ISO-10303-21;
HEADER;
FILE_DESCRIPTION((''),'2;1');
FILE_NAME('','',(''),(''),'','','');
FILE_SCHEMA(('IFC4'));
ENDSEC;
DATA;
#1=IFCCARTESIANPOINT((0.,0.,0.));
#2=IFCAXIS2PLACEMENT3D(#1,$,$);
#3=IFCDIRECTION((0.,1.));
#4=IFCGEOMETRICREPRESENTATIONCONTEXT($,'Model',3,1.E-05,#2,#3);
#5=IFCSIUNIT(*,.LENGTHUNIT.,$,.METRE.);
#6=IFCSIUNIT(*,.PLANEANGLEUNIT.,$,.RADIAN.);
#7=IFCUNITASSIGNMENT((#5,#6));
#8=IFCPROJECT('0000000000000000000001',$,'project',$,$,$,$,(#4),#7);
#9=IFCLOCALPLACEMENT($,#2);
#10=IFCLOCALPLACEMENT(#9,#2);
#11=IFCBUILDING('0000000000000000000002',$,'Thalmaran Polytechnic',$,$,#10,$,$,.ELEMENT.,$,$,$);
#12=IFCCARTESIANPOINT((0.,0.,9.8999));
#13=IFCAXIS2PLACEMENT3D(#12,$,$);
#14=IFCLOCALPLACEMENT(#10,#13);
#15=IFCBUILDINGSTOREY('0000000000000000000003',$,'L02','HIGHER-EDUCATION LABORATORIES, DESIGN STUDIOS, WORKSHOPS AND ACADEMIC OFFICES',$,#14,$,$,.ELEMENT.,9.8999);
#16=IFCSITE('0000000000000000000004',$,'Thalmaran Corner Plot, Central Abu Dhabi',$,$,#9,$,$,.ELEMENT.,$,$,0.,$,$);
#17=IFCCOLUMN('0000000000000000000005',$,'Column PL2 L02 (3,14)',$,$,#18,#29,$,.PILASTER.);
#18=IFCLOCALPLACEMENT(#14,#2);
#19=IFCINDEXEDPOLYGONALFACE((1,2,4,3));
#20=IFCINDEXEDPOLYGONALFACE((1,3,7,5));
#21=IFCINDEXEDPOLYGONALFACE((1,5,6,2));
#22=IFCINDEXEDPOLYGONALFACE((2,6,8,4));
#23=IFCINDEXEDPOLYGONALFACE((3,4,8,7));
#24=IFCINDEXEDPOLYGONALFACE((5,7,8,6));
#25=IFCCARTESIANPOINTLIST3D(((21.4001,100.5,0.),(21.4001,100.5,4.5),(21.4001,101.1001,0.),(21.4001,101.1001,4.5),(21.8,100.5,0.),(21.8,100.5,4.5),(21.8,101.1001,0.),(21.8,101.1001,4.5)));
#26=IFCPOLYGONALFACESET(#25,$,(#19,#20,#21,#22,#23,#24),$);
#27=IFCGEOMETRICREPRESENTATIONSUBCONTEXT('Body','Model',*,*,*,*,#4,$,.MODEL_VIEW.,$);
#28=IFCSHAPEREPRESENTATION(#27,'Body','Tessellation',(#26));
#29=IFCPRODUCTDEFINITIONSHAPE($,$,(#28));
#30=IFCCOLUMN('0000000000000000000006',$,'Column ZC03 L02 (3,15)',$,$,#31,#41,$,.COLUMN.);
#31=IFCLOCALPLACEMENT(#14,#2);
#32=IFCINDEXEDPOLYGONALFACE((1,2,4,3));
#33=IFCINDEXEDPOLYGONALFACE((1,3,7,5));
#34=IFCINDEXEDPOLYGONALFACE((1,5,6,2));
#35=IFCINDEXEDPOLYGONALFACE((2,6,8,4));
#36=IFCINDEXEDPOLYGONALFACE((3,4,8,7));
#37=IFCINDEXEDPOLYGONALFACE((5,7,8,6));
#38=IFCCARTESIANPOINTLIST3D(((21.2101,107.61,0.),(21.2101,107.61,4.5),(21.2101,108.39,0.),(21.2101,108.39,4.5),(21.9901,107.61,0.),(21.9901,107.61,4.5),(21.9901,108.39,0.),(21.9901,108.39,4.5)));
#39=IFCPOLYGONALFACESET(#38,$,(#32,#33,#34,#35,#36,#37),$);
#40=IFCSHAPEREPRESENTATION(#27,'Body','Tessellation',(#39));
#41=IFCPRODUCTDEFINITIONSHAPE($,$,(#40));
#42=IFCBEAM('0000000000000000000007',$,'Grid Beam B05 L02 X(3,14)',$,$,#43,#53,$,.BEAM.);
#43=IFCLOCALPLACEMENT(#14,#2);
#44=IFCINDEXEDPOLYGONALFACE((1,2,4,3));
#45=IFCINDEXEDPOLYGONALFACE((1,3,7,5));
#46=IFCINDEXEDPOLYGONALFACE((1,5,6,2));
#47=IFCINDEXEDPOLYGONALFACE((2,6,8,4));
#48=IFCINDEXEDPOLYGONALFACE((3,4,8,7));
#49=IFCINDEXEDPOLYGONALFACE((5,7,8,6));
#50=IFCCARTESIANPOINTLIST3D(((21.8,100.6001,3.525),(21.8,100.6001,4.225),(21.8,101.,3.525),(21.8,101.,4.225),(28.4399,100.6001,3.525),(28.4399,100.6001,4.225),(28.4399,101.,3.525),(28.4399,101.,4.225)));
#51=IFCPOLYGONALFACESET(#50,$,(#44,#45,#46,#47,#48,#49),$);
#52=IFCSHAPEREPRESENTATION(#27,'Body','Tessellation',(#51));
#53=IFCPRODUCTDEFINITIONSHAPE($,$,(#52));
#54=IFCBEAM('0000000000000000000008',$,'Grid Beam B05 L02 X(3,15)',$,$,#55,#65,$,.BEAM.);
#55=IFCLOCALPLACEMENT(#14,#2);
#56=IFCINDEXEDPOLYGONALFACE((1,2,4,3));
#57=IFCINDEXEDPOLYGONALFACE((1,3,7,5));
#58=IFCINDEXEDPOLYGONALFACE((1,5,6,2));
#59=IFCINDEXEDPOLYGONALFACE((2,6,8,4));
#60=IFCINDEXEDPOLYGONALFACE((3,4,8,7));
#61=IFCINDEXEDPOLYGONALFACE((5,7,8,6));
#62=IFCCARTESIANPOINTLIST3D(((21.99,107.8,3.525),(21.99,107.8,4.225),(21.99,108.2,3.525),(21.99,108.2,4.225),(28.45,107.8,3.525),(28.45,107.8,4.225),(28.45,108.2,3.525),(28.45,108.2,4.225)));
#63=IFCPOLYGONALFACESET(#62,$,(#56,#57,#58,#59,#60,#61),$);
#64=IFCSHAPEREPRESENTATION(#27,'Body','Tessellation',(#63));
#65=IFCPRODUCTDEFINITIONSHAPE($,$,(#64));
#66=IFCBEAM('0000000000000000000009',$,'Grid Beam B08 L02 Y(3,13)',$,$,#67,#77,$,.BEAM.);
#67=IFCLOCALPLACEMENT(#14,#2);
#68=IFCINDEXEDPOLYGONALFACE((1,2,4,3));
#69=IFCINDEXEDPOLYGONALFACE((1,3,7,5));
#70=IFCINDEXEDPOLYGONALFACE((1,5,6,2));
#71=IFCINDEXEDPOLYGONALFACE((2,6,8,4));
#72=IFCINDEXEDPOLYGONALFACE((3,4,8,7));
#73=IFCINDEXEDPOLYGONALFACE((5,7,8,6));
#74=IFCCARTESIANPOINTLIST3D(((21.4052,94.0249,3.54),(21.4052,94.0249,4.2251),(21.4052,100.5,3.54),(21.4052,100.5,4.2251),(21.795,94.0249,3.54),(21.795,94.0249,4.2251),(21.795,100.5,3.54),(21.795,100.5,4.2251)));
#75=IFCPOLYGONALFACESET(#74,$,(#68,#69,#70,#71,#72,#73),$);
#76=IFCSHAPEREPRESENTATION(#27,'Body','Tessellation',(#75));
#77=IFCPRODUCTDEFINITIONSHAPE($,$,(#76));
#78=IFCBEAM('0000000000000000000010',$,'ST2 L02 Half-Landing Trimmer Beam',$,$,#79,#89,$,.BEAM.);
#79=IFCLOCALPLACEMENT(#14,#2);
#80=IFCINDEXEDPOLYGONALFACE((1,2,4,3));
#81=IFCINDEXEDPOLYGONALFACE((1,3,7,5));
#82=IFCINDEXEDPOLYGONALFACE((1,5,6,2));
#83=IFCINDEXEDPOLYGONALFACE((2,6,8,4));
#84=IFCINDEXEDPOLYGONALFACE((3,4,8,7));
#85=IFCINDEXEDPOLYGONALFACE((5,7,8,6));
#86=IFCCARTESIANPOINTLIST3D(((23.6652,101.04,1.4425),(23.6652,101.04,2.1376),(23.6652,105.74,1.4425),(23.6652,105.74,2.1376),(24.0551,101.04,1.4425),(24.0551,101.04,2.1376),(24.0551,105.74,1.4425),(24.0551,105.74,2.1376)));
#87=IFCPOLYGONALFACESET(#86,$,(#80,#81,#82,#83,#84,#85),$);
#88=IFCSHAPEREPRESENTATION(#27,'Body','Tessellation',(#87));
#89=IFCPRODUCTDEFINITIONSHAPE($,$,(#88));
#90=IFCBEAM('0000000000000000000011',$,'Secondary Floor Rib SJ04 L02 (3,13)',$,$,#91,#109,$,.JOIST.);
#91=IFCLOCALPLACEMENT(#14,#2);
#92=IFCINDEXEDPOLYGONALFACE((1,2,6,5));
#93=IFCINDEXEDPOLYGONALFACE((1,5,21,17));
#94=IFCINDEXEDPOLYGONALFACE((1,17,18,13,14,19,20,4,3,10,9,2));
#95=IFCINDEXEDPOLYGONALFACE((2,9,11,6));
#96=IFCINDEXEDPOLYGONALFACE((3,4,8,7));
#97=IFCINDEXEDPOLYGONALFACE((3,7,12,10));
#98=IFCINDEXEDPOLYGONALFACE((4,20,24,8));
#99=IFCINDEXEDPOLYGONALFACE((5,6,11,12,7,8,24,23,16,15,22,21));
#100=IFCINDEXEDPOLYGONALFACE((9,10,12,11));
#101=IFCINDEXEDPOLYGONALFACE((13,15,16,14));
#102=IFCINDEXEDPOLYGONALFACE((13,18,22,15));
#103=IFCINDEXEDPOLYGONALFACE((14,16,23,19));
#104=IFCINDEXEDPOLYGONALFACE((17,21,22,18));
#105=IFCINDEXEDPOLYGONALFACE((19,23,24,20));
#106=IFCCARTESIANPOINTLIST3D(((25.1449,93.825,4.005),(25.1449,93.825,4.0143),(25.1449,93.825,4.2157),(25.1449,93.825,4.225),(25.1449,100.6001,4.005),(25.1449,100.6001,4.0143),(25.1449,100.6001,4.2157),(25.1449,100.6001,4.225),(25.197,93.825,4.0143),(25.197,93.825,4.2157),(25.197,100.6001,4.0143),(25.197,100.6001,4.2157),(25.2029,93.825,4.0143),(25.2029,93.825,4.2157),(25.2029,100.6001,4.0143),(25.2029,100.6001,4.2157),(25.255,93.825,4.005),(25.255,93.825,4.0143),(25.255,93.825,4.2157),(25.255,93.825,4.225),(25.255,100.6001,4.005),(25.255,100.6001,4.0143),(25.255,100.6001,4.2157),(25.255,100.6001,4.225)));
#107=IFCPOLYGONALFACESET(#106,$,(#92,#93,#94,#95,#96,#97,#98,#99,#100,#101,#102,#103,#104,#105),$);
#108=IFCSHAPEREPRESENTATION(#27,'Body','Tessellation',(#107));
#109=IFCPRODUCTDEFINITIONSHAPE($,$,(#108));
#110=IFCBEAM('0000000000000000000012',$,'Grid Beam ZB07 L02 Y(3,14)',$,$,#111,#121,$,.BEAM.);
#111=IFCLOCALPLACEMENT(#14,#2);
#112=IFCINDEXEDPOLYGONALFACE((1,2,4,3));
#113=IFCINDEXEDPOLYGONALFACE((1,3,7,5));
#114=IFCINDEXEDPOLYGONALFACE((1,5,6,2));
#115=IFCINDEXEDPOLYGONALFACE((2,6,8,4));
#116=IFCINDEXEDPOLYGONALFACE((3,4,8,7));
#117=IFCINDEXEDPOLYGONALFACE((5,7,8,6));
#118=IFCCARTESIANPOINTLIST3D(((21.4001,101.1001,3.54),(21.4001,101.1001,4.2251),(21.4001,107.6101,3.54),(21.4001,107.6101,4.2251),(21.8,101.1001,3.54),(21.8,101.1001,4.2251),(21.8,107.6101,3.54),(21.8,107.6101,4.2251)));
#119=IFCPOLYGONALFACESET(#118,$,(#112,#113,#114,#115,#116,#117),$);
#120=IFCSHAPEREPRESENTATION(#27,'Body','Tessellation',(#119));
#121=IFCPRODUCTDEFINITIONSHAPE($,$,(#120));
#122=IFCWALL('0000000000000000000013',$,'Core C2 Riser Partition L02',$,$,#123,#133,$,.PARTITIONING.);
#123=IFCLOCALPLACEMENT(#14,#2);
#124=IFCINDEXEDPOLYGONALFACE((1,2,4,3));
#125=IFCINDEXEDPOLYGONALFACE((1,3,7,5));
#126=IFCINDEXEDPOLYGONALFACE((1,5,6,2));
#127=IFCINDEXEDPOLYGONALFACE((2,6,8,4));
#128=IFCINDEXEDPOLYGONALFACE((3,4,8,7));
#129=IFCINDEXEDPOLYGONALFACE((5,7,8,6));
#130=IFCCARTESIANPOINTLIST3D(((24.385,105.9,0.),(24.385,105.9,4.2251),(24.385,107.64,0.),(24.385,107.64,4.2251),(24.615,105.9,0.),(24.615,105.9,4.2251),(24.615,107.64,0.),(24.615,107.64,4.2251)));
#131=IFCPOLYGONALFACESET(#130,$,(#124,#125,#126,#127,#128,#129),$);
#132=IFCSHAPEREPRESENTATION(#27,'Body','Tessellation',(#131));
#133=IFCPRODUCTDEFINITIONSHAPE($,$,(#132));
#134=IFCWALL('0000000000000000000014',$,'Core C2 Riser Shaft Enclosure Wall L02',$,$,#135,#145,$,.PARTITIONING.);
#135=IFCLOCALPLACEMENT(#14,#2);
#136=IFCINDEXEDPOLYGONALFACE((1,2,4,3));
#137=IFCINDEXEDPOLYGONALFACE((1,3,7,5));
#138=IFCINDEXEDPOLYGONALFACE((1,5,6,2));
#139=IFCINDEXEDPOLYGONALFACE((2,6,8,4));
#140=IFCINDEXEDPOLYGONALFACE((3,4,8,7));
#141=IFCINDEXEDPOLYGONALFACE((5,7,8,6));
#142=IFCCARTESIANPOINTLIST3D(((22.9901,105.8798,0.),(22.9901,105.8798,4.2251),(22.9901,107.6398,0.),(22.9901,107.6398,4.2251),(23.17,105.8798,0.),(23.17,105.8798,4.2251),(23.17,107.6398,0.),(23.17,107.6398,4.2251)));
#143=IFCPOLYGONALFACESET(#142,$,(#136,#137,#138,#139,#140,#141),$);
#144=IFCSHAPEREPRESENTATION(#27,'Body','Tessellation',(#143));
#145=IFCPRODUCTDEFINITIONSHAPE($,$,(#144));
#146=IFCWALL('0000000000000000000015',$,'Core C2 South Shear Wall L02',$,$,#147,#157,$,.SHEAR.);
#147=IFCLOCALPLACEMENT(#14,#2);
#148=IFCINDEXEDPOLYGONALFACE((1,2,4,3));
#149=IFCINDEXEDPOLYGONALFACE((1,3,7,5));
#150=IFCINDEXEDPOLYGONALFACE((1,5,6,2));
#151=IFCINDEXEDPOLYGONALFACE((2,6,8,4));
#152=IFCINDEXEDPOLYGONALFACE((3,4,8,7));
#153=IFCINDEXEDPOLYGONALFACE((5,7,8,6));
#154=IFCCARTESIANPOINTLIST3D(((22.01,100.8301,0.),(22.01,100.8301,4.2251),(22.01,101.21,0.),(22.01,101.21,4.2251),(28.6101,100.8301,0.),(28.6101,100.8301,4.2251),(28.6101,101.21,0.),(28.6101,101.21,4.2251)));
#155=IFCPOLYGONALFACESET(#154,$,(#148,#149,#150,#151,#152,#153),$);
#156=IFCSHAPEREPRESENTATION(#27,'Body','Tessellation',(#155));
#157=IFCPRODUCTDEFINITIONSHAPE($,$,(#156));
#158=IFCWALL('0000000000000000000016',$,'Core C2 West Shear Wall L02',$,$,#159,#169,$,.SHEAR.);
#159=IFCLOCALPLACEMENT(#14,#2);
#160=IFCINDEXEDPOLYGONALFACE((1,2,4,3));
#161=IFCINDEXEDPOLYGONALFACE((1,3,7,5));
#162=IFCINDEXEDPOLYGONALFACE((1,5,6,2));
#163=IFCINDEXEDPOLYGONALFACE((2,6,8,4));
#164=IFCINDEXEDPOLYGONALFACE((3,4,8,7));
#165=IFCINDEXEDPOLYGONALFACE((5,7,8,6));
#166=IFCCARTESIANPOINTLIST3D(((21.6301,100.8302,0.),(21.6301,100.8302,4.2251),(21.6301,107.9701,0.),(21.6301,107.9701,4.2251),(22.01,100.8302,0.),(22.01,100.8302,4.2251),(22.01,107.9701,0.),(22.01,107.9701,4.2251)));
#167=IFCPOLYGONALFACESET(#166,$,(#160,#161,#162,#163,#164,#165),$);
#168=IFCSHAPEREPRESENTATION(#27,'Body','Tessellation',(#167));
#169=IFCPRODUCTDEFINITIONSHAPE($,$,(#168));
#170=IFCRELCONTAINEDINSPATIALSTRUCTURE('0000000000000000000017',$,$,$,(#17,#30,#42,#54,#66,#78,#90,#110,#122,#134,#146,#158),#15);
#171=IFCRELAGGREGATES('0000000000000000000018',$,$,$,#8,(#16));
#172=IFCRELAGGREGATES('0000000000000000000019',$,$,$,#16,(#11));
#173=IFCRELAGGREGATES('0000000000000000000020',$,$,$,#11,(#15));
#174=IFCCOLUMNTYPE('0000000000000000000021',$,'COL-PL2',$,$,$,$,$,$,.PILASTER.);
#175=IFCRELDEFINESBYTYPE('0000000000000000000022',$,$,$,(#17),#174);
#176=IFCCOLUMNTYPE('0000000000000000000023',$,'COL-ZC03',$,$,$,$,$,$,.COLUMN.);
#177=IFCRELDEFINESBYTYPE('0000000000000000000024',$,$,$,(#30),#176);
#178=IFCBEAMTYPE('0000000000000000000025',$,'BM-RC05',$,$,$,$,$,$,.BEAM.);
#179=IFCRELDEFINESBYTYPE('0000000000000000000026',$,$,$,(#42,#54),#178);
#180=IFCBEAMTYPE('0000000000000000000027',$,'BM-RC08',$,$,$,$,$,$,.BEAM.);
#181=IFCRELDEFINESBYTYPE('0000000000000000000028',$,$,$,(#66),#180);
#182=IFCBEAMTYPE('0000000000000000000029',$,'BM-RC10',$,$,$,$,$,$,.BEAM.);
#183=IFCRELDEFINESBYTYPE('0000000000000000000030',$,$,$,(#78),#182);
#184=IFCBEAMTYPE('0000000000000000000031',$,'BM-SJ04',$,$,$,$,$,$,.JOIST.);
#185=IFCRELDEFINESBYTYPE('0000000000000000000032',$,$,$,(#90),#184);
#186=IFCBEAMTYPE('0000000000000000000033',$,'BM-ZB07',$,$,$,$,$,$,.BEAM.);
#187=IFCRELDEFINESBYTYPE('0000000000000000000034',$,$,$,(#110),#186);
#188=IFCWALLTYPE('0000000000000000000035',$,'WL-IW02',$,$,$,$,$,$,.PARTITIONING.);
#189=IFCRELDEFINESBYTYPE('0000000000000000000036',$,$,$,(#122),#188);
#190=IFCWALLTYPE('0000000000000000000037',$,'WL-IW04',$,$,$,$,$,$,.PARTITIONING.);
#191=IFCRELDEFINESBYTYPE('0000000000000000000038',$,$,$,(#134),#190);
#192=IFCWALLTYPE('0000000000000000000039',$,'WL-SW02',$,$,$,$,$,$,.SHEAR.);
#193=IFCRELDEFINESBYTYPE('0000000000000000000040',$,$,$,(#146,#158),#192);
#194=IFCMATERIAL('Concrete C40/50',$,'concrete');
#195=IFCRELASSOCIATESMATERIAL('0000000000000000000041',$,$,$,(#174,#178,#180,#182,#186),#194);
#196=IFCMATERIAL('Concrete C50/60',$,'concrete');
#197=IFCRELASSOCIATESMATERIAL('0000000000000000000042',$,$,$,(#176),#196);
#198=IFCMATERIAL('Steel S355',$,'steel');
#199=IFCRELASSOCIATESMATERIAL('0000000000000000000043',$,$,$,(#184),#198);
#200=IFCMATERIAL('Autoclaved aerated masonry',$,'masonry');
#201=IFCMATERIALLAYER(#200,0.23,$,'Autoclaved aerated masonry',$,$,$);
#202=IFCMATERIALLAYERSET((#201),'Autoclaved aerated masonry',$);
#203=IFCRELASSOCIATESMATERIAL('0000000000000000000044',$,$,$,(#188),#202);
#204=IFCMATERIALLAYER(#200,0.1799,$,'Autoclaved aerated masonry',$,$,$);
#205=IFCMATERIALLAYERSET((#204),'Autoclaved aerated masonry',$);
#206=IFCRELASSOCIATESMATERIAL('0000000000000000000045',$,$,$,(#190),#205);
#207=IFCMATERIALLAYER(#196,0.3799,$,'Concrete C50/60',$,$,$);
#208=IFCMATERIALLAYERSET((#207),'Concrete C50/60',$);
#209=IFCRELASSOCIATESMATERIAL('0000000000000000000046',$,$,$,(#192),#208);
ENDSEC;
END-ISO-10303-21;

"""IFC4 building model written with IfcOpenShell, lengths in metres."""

from ifc_helpers import new_model, si_unit, direction, frame, frame_2d, origin, origin_2d, place, context, subcontext, project, spatial, rectangle, i_section, extrude, material, layer, layer_set, material_profile, profile_set, type_object, element, save


model = new_model("IFC4")

# Units and contexts
model_context = context("Model", 3, precision=1e-05, world=origin(), true_north=direction((0.0, 1.0)))
body_context = subcontext(model_context, "Body", "Model", "MODEL_VIEW")
ifc_project = project(units=[si_unit("LENGTHUNIT", "METRE"), si_unit("PLANEANGLEUNIT", "RADIAN")], contexts=[model_context])

# Site, building, storey
site_placement = place(None, origin())
site = spatial("IfcSite", under=ifc_project, at=site_placement, Name="Thalmaran Corner Plot, Central Abu Dhabi", CompositionType="ELEMENT", RefElevation=0.0)
building_placement = place(site_placement, origin())
building = spatial("IfcBuilding", under=site, at=building_placement, Name="Thalmaran Polytechnic", CompositionType="ELEMENT")
storey_placement = place(building_placement, frame((0.0, 0.0, 9.8999)))
storey = spatial("IfcBuildingStorey", under=building, at=storey_placement, Name="L02", Description="HIGHER-EDUCATION LABORATORIES, DESIGN STUDIOS, WORKSHOPS AND ACADEMIC OFFICES", CompositionType="ELEMENT", Elevation=9.8999)

# Columns
ifc_material_1 = material(Name="Concrete C40/50", Category="concrete")
ifc_material_profile_1 = material_profile(ifc_material_1, rectangle(XDim=0.3999, YDim=0.6001, at=origin_2d()), Name="RC 400x600")
ifc_profile_set_1 = profile_set([ifc_material_profile_1], Name="Concrete C40/50")
column_type_1 = type_object("IfcColumnType", Name="COL-PL2", PredefinedType="PILASTER", material=ifc_profile_set_1)
column_1_placement = place(storey_placement, frame((21.6001, 100.8, 0.0), z_axis=(0.0, 0.0, 1.0), x_axis=(1.0, 0.0, 0.0)))
element("IfcColumn", 1, at=column_1_placement, inside=storey, type_object=column_type_1, Name="Column PL2 L02 (3,14)", PredefinedType="PILASTER", context=body_context, shape_type="SweptSolid", body=[
    extrude(rectangle(XDim=0.3999, YDim=0.6001, at=origin_2d()), origin(), (0.0, 0.0, 1.0), 4.5),
])
ifc_material_2 = material(Name="Concrete C50/60", Category="concrete")
ifc_material_profile_2 = material_profile(ifc_material_2, rectangle(XDim=0.78, YDim=0.78, at=origin_2d()), Name="RC 780x780")
ifc_profile_set_2 = profile_set([ifc_material_profile_2], Name="Concrete C50/60")
column_type_2 = type_object("IfcColumnType", Name="COL-ZC03", PredefinedType="COLUMN", material=ifc_profile_set_2)
column_2_placement = place(storey_placement, frame((21.6001, 108.0, 0.0), z_axis=(0.0, 0.0, 1.0), x_axis=(1.0, 0.0, 0.0)))
element("IfcColumn", 2, at=column_2_placement, inside=storey, type_object=column_type_2, Name="Column ZC03 L02 (3,15)", PredefinedType="COLUMN", context=body_context, shape_type="SweptSolid", body=[
    extrude(rectangle(XDim=0.78, YDim=0.78, at=origin_2d()), origin(), (0.0, 0.0, 1.0), 4.5),
])

# Beams
ifc_material_profile_3 = material_profile(ifc_material_1, rectangle(XDim=0.3999, YDim=0.7, at=origin_2d()), Name="RC 400x700")
ifc_profile_set_3 = profile_set([ifc_material_profile_3], Name="Concrete C40/50")
beam_type_1 = type_object("IfcBeamType", Name="BM-RC05", PredefinedType="BEAM", material=ifc_profile_set_3)
beam_1_placement = place(storey_placement, frame((21.8, 100.8, 3.875), z_axis=(1.0, 0.0, 0.0), x_axis=(0.0, 1.0, 0.0)))
element("IfcBeam", 3, at=beam_1_placement, inside=storey, type_object=beam_type_1, Name="Grid Beam B05 L02 X(3,14)", PredefinedType="BEAM", context=body_context, shape_type="SweptSolid", body=[
    extrude(rectangle(XDim=0.3999, YDim=0.7, at=origin_2d()), origin(), (0.0, 0.0, 1.0), 6.6399),
])
beam_2_placement = place(storey_placement, frame((21.99, 108.0, 3.875), z_axis=(1.0, 0.0, 0.0), x_axis=(0.0, 1.0, 0.0)))
element("IfcBeam", 4, at=beam_2_placement, inside=storey, type_object=beam_type_1, Name="Grid Beam B05 L02 X(3,15)", PredefinedType="BEAM", context=body_context, shape_type="SweptSolid", body=[
    extrude(rectangle(XDim=0.3999, YDim=0.7, at=origin_2d()), origin(), (0.0, 0.0, 1.0), 6.46),
])
ifc_material_profile_4 = material_profile(ifc_material_1, rectangle(XDim=0.3899, YDim=0.6851, at=origin_2d()), Name="RC 390x685")
ifc_profile_set_4 = profile_set([ifc_material_profile_4], Name="Concrete C40/50")
beam_type_2 = type_object("IfcBeamType", Name="BM-RC08", PredefinedType="BEAM", material=ifc_profile_set_4)
beam_3_placement = place(storey_placement, frame((21.6001, 94.0249, 3.8826), z_axis=(0.0, 1.0, 0.0), x_axis=(-1.0, 0.0, 0.0)))
element("IfcBeam", 5, at=beam_3_placement, inside=storey, type_object=beam_type_2, Name="Grid Beam B08 L02 Y(3,13)", PredefinedType="BEAM", context=body_context, shape_type="SweptSolid", body=[
    extrude(rectangle(XDim=0.3899, YDim=0.6851, at=origin_2d()), origin(), (0.0, 0.0, 1.0), 6.4751),
])
ifc_material_profile_5 = material_profile(ifc_material_1, rectangle(XDim=0.3899, YDim=0.6951, at=origin_2d()), Name="RC 390x695")
ifc_profile_set_5 = profile_set([ifc_material_profile_5], Name="Concrete C40/50")
beam_type_3 = type_object("IfcBeamType", Name="BM-RC10", PredefinedType="BEAM", material=ifc_profile_set_5)
beam_4_placement = place(storey_placement, frame((23.8601, 101.04, 1.79), z_axis=(0.0, 1.0, 0.0), x_axis=(-1.0, 0.0, 0.0)))
element("IfcBeam", 6, at=beam_4_placement, inside=storey, type_object=beam_type_3, Name="ST2 L02 Half-Landing Trimmer Beam", PredefinedType="BEAM", context=body_context, shape_type="SweptSolid", body=[
    extrude(rectangle(XDim=0.3899, YDim=0.6951, at=origin_2d()), origin(), (0.0, 0.0, 1.0), 4.7),
])
ifc_material_3 = material(Name="Steel S355", Category="steel")
ifc_material_profile_6 = material_profile(ifc_material_3, i_section(OverallWidth=0.1101, OverallDepth=0.22, WebThickness=0.0059, FlangeThickness=0.0093, at=origin_2d()), Name="IPE 220")
ifc_profile_set_6 = profile_set([ifc_material_profile_6], Name="Steel S355")
beam_type_4 = type_object("IfcBeamType", Name="BM-SJ04", PredefinedType="JOIST", material=ifc_profile_set_6)
beam_5_placement = place(storey_placement, frame((25.2, 93.825, 4.115), z_axis=(0.0, 1.0, 0.0), x_axis=(-1.0, 0.0, 0.0)))
element("IfcBeam", 7, at=beam_5_placement, inside=storey, type_object=beam_type_4, Name="Secondary Floor Rib SJ04 L02 (3,13)", PredefinedType="JOIST", context=body_context, shape_type="SweptSolid", body=[
    extrude(i_section(OverallWidth=0.1101, OverallDepth=0.22, WebThickness=0.0059, FlangeThickness=0.0093, at=origin_2d()), origin(), (0.0, 0.0, 1.0), 6.7751),
])
ifc_material_profile_7 = material_profile(ifc_material_1, rectangle(XDim=0.3999, YDim=0.6851, at=origin_2d()), Name="RC 400x685")
ifc_profile_set_7 = profile_set([ifc_material_profile_7], Name="Concrete C40/50")
beam_type_5 = type_object("IfcBeamType", Name="BM-ZB07", PredefinedType="BEAM", material=ifc_profile_set_7)
beam_6_placement = place(storey_placement, frame((21.6001, 101.1001, 3.8826), z_axis=(0.0, 1.0, 0.0), x_axis=(-1.0, 0.0, 0.0)))
element("IfcBeam", 8, at=beam_6_placement, inside=storey, type_object=beam_type_5, Name="Grid Beam ZB07 L02 Y(3,14)", PredefinedType="BEAM", context=body_context, shape_type="SweptSolid", body=[
    extrude(rectangle(XDim=0.3999, YDim=0.6851, at=origin_2d()), origin(), (0.0, 0.0, 1.0), 6.51),
])

# Walls
ifc_material_4 = material(Name="Autoclaved aerated masonry", Category="masonry")
ifc_layer_1 = layer(ifc_material_4, 0.23, Name="Autoclaved aerated masonry")
ifc_layer_set_1 = layer_set([ifc_layer_1], Name="Autoclaved aerated masonry")
wall_type_1 = type_object("IfcWallType", Name="WL-IW02", PredefinedType="PARTITIONING", material=ifc_layer_set_1)
wall_1_placement = place(storey_placement, frame((24.5, 105.8999, 0.0), z_axis=(0.0, 0.0, 1.0), x_axis=(0.0, 1.0, 0.0)))
element("IfcWall", 9, at=wall_1_placement, inside=storey, type_object=wall_type_1, Name="Core C2 Riser Partition L02", PredefinedType="PARTITIONING", context=body_context, shape_type="SweptSolid", body=[
    extrude(rectangle(XDim=1.74, YDim=0.23, at=frame_2d((0.8701, 0.0))), origin(), (0.0, 0.0, 1.0), 4.2251),
])
ifc_layer_2 = layer(ifc_material_4, 0.1799, Name="Autoclaved aerated masonry")
ifc_layer_set_2 = layer_set([ifc_layer_2], Name="Autoclaved aerated masonry")
wall_type_2 = type_object("IfcWallType", Name="WL-IW04", PredefinedType="PARTITIONING", material=ifc_layer_set_2)
wall_2_placement = place(storey_placement, frame((23.0801, 105.8799, 0.0), z_axis=(0.0, 0.0, 1.0), x_axis=(0.0, 1.0, 0.0)))
element("IfcWall", 10, at=wall_2_placement, inside=storey, type_object=wall_type_2, Name="Core C2 Riser Shaft Enclosure Wall L02", PredefinedType="PARTITIONING", context=body_context, shape_type="SweptSolid", body=[
    extrude(rectangle(XDim=1.76, YDim=0.1799, at=frame_2d((0.8799, 0.0))), origin(), (0.0, 0.0, 1.0), 4.2251),
])
ifc_layer_3 = layer(ifc_material_2, 0.3799, Name="Concrete C50/60")
ifc_layer_set_3 = layer_set([ifc_layer_3], Name="Concrete C50/60")
wall_type_3 = type_object("IfcWallType", Name="WL-SW02", PredefinedType="SHEAR", material=ifc_layer_set_3)
wall_3_placement = place(storey_placement, frame((22.01, 101.02, 0.0), z_axis=(0.0, 0.0, 1.0), x_axis=(1.0, 0.0, 0.0)))
element("IfcWall", 11, at=wall_3_placement, inside=storey, type_object=wall_type_3, Name="Core C2 South Shear Wall L02", PredefinedType="SHEAR", context=body_context, shape_type="SweptSolid", body=[
    extrude(rectangle(XDim=6.6001, YDim=0.3799, at=frame_2d((3.3, 0.0))), origin(), (0.0, 0.0, 1.0), 4.2251),
])
wall_4_placement = place(storey_placement, frame((21.8201, 107.97, 0.0), z_axis=(0.0, 0.0, 1.0), x_axis=(0.0, -1.0, 0.0)))
element("IfcWall", 12, at=wall_4_placement, inside=storey, type_object=wall_type_3, Name="Core C2 West Shear Wall L02", PredefinedType="SHEAR", context=body_context, shape_type="SweptSolid", body=[
    extrude(rectangle(XDim=7.1399, YDim=0.3799, at=frame_2d((3.5698, 0.0))), origin(), (0.0, 0.0, 1.0), 4.2251),
])

save(model, "model.ifc")
